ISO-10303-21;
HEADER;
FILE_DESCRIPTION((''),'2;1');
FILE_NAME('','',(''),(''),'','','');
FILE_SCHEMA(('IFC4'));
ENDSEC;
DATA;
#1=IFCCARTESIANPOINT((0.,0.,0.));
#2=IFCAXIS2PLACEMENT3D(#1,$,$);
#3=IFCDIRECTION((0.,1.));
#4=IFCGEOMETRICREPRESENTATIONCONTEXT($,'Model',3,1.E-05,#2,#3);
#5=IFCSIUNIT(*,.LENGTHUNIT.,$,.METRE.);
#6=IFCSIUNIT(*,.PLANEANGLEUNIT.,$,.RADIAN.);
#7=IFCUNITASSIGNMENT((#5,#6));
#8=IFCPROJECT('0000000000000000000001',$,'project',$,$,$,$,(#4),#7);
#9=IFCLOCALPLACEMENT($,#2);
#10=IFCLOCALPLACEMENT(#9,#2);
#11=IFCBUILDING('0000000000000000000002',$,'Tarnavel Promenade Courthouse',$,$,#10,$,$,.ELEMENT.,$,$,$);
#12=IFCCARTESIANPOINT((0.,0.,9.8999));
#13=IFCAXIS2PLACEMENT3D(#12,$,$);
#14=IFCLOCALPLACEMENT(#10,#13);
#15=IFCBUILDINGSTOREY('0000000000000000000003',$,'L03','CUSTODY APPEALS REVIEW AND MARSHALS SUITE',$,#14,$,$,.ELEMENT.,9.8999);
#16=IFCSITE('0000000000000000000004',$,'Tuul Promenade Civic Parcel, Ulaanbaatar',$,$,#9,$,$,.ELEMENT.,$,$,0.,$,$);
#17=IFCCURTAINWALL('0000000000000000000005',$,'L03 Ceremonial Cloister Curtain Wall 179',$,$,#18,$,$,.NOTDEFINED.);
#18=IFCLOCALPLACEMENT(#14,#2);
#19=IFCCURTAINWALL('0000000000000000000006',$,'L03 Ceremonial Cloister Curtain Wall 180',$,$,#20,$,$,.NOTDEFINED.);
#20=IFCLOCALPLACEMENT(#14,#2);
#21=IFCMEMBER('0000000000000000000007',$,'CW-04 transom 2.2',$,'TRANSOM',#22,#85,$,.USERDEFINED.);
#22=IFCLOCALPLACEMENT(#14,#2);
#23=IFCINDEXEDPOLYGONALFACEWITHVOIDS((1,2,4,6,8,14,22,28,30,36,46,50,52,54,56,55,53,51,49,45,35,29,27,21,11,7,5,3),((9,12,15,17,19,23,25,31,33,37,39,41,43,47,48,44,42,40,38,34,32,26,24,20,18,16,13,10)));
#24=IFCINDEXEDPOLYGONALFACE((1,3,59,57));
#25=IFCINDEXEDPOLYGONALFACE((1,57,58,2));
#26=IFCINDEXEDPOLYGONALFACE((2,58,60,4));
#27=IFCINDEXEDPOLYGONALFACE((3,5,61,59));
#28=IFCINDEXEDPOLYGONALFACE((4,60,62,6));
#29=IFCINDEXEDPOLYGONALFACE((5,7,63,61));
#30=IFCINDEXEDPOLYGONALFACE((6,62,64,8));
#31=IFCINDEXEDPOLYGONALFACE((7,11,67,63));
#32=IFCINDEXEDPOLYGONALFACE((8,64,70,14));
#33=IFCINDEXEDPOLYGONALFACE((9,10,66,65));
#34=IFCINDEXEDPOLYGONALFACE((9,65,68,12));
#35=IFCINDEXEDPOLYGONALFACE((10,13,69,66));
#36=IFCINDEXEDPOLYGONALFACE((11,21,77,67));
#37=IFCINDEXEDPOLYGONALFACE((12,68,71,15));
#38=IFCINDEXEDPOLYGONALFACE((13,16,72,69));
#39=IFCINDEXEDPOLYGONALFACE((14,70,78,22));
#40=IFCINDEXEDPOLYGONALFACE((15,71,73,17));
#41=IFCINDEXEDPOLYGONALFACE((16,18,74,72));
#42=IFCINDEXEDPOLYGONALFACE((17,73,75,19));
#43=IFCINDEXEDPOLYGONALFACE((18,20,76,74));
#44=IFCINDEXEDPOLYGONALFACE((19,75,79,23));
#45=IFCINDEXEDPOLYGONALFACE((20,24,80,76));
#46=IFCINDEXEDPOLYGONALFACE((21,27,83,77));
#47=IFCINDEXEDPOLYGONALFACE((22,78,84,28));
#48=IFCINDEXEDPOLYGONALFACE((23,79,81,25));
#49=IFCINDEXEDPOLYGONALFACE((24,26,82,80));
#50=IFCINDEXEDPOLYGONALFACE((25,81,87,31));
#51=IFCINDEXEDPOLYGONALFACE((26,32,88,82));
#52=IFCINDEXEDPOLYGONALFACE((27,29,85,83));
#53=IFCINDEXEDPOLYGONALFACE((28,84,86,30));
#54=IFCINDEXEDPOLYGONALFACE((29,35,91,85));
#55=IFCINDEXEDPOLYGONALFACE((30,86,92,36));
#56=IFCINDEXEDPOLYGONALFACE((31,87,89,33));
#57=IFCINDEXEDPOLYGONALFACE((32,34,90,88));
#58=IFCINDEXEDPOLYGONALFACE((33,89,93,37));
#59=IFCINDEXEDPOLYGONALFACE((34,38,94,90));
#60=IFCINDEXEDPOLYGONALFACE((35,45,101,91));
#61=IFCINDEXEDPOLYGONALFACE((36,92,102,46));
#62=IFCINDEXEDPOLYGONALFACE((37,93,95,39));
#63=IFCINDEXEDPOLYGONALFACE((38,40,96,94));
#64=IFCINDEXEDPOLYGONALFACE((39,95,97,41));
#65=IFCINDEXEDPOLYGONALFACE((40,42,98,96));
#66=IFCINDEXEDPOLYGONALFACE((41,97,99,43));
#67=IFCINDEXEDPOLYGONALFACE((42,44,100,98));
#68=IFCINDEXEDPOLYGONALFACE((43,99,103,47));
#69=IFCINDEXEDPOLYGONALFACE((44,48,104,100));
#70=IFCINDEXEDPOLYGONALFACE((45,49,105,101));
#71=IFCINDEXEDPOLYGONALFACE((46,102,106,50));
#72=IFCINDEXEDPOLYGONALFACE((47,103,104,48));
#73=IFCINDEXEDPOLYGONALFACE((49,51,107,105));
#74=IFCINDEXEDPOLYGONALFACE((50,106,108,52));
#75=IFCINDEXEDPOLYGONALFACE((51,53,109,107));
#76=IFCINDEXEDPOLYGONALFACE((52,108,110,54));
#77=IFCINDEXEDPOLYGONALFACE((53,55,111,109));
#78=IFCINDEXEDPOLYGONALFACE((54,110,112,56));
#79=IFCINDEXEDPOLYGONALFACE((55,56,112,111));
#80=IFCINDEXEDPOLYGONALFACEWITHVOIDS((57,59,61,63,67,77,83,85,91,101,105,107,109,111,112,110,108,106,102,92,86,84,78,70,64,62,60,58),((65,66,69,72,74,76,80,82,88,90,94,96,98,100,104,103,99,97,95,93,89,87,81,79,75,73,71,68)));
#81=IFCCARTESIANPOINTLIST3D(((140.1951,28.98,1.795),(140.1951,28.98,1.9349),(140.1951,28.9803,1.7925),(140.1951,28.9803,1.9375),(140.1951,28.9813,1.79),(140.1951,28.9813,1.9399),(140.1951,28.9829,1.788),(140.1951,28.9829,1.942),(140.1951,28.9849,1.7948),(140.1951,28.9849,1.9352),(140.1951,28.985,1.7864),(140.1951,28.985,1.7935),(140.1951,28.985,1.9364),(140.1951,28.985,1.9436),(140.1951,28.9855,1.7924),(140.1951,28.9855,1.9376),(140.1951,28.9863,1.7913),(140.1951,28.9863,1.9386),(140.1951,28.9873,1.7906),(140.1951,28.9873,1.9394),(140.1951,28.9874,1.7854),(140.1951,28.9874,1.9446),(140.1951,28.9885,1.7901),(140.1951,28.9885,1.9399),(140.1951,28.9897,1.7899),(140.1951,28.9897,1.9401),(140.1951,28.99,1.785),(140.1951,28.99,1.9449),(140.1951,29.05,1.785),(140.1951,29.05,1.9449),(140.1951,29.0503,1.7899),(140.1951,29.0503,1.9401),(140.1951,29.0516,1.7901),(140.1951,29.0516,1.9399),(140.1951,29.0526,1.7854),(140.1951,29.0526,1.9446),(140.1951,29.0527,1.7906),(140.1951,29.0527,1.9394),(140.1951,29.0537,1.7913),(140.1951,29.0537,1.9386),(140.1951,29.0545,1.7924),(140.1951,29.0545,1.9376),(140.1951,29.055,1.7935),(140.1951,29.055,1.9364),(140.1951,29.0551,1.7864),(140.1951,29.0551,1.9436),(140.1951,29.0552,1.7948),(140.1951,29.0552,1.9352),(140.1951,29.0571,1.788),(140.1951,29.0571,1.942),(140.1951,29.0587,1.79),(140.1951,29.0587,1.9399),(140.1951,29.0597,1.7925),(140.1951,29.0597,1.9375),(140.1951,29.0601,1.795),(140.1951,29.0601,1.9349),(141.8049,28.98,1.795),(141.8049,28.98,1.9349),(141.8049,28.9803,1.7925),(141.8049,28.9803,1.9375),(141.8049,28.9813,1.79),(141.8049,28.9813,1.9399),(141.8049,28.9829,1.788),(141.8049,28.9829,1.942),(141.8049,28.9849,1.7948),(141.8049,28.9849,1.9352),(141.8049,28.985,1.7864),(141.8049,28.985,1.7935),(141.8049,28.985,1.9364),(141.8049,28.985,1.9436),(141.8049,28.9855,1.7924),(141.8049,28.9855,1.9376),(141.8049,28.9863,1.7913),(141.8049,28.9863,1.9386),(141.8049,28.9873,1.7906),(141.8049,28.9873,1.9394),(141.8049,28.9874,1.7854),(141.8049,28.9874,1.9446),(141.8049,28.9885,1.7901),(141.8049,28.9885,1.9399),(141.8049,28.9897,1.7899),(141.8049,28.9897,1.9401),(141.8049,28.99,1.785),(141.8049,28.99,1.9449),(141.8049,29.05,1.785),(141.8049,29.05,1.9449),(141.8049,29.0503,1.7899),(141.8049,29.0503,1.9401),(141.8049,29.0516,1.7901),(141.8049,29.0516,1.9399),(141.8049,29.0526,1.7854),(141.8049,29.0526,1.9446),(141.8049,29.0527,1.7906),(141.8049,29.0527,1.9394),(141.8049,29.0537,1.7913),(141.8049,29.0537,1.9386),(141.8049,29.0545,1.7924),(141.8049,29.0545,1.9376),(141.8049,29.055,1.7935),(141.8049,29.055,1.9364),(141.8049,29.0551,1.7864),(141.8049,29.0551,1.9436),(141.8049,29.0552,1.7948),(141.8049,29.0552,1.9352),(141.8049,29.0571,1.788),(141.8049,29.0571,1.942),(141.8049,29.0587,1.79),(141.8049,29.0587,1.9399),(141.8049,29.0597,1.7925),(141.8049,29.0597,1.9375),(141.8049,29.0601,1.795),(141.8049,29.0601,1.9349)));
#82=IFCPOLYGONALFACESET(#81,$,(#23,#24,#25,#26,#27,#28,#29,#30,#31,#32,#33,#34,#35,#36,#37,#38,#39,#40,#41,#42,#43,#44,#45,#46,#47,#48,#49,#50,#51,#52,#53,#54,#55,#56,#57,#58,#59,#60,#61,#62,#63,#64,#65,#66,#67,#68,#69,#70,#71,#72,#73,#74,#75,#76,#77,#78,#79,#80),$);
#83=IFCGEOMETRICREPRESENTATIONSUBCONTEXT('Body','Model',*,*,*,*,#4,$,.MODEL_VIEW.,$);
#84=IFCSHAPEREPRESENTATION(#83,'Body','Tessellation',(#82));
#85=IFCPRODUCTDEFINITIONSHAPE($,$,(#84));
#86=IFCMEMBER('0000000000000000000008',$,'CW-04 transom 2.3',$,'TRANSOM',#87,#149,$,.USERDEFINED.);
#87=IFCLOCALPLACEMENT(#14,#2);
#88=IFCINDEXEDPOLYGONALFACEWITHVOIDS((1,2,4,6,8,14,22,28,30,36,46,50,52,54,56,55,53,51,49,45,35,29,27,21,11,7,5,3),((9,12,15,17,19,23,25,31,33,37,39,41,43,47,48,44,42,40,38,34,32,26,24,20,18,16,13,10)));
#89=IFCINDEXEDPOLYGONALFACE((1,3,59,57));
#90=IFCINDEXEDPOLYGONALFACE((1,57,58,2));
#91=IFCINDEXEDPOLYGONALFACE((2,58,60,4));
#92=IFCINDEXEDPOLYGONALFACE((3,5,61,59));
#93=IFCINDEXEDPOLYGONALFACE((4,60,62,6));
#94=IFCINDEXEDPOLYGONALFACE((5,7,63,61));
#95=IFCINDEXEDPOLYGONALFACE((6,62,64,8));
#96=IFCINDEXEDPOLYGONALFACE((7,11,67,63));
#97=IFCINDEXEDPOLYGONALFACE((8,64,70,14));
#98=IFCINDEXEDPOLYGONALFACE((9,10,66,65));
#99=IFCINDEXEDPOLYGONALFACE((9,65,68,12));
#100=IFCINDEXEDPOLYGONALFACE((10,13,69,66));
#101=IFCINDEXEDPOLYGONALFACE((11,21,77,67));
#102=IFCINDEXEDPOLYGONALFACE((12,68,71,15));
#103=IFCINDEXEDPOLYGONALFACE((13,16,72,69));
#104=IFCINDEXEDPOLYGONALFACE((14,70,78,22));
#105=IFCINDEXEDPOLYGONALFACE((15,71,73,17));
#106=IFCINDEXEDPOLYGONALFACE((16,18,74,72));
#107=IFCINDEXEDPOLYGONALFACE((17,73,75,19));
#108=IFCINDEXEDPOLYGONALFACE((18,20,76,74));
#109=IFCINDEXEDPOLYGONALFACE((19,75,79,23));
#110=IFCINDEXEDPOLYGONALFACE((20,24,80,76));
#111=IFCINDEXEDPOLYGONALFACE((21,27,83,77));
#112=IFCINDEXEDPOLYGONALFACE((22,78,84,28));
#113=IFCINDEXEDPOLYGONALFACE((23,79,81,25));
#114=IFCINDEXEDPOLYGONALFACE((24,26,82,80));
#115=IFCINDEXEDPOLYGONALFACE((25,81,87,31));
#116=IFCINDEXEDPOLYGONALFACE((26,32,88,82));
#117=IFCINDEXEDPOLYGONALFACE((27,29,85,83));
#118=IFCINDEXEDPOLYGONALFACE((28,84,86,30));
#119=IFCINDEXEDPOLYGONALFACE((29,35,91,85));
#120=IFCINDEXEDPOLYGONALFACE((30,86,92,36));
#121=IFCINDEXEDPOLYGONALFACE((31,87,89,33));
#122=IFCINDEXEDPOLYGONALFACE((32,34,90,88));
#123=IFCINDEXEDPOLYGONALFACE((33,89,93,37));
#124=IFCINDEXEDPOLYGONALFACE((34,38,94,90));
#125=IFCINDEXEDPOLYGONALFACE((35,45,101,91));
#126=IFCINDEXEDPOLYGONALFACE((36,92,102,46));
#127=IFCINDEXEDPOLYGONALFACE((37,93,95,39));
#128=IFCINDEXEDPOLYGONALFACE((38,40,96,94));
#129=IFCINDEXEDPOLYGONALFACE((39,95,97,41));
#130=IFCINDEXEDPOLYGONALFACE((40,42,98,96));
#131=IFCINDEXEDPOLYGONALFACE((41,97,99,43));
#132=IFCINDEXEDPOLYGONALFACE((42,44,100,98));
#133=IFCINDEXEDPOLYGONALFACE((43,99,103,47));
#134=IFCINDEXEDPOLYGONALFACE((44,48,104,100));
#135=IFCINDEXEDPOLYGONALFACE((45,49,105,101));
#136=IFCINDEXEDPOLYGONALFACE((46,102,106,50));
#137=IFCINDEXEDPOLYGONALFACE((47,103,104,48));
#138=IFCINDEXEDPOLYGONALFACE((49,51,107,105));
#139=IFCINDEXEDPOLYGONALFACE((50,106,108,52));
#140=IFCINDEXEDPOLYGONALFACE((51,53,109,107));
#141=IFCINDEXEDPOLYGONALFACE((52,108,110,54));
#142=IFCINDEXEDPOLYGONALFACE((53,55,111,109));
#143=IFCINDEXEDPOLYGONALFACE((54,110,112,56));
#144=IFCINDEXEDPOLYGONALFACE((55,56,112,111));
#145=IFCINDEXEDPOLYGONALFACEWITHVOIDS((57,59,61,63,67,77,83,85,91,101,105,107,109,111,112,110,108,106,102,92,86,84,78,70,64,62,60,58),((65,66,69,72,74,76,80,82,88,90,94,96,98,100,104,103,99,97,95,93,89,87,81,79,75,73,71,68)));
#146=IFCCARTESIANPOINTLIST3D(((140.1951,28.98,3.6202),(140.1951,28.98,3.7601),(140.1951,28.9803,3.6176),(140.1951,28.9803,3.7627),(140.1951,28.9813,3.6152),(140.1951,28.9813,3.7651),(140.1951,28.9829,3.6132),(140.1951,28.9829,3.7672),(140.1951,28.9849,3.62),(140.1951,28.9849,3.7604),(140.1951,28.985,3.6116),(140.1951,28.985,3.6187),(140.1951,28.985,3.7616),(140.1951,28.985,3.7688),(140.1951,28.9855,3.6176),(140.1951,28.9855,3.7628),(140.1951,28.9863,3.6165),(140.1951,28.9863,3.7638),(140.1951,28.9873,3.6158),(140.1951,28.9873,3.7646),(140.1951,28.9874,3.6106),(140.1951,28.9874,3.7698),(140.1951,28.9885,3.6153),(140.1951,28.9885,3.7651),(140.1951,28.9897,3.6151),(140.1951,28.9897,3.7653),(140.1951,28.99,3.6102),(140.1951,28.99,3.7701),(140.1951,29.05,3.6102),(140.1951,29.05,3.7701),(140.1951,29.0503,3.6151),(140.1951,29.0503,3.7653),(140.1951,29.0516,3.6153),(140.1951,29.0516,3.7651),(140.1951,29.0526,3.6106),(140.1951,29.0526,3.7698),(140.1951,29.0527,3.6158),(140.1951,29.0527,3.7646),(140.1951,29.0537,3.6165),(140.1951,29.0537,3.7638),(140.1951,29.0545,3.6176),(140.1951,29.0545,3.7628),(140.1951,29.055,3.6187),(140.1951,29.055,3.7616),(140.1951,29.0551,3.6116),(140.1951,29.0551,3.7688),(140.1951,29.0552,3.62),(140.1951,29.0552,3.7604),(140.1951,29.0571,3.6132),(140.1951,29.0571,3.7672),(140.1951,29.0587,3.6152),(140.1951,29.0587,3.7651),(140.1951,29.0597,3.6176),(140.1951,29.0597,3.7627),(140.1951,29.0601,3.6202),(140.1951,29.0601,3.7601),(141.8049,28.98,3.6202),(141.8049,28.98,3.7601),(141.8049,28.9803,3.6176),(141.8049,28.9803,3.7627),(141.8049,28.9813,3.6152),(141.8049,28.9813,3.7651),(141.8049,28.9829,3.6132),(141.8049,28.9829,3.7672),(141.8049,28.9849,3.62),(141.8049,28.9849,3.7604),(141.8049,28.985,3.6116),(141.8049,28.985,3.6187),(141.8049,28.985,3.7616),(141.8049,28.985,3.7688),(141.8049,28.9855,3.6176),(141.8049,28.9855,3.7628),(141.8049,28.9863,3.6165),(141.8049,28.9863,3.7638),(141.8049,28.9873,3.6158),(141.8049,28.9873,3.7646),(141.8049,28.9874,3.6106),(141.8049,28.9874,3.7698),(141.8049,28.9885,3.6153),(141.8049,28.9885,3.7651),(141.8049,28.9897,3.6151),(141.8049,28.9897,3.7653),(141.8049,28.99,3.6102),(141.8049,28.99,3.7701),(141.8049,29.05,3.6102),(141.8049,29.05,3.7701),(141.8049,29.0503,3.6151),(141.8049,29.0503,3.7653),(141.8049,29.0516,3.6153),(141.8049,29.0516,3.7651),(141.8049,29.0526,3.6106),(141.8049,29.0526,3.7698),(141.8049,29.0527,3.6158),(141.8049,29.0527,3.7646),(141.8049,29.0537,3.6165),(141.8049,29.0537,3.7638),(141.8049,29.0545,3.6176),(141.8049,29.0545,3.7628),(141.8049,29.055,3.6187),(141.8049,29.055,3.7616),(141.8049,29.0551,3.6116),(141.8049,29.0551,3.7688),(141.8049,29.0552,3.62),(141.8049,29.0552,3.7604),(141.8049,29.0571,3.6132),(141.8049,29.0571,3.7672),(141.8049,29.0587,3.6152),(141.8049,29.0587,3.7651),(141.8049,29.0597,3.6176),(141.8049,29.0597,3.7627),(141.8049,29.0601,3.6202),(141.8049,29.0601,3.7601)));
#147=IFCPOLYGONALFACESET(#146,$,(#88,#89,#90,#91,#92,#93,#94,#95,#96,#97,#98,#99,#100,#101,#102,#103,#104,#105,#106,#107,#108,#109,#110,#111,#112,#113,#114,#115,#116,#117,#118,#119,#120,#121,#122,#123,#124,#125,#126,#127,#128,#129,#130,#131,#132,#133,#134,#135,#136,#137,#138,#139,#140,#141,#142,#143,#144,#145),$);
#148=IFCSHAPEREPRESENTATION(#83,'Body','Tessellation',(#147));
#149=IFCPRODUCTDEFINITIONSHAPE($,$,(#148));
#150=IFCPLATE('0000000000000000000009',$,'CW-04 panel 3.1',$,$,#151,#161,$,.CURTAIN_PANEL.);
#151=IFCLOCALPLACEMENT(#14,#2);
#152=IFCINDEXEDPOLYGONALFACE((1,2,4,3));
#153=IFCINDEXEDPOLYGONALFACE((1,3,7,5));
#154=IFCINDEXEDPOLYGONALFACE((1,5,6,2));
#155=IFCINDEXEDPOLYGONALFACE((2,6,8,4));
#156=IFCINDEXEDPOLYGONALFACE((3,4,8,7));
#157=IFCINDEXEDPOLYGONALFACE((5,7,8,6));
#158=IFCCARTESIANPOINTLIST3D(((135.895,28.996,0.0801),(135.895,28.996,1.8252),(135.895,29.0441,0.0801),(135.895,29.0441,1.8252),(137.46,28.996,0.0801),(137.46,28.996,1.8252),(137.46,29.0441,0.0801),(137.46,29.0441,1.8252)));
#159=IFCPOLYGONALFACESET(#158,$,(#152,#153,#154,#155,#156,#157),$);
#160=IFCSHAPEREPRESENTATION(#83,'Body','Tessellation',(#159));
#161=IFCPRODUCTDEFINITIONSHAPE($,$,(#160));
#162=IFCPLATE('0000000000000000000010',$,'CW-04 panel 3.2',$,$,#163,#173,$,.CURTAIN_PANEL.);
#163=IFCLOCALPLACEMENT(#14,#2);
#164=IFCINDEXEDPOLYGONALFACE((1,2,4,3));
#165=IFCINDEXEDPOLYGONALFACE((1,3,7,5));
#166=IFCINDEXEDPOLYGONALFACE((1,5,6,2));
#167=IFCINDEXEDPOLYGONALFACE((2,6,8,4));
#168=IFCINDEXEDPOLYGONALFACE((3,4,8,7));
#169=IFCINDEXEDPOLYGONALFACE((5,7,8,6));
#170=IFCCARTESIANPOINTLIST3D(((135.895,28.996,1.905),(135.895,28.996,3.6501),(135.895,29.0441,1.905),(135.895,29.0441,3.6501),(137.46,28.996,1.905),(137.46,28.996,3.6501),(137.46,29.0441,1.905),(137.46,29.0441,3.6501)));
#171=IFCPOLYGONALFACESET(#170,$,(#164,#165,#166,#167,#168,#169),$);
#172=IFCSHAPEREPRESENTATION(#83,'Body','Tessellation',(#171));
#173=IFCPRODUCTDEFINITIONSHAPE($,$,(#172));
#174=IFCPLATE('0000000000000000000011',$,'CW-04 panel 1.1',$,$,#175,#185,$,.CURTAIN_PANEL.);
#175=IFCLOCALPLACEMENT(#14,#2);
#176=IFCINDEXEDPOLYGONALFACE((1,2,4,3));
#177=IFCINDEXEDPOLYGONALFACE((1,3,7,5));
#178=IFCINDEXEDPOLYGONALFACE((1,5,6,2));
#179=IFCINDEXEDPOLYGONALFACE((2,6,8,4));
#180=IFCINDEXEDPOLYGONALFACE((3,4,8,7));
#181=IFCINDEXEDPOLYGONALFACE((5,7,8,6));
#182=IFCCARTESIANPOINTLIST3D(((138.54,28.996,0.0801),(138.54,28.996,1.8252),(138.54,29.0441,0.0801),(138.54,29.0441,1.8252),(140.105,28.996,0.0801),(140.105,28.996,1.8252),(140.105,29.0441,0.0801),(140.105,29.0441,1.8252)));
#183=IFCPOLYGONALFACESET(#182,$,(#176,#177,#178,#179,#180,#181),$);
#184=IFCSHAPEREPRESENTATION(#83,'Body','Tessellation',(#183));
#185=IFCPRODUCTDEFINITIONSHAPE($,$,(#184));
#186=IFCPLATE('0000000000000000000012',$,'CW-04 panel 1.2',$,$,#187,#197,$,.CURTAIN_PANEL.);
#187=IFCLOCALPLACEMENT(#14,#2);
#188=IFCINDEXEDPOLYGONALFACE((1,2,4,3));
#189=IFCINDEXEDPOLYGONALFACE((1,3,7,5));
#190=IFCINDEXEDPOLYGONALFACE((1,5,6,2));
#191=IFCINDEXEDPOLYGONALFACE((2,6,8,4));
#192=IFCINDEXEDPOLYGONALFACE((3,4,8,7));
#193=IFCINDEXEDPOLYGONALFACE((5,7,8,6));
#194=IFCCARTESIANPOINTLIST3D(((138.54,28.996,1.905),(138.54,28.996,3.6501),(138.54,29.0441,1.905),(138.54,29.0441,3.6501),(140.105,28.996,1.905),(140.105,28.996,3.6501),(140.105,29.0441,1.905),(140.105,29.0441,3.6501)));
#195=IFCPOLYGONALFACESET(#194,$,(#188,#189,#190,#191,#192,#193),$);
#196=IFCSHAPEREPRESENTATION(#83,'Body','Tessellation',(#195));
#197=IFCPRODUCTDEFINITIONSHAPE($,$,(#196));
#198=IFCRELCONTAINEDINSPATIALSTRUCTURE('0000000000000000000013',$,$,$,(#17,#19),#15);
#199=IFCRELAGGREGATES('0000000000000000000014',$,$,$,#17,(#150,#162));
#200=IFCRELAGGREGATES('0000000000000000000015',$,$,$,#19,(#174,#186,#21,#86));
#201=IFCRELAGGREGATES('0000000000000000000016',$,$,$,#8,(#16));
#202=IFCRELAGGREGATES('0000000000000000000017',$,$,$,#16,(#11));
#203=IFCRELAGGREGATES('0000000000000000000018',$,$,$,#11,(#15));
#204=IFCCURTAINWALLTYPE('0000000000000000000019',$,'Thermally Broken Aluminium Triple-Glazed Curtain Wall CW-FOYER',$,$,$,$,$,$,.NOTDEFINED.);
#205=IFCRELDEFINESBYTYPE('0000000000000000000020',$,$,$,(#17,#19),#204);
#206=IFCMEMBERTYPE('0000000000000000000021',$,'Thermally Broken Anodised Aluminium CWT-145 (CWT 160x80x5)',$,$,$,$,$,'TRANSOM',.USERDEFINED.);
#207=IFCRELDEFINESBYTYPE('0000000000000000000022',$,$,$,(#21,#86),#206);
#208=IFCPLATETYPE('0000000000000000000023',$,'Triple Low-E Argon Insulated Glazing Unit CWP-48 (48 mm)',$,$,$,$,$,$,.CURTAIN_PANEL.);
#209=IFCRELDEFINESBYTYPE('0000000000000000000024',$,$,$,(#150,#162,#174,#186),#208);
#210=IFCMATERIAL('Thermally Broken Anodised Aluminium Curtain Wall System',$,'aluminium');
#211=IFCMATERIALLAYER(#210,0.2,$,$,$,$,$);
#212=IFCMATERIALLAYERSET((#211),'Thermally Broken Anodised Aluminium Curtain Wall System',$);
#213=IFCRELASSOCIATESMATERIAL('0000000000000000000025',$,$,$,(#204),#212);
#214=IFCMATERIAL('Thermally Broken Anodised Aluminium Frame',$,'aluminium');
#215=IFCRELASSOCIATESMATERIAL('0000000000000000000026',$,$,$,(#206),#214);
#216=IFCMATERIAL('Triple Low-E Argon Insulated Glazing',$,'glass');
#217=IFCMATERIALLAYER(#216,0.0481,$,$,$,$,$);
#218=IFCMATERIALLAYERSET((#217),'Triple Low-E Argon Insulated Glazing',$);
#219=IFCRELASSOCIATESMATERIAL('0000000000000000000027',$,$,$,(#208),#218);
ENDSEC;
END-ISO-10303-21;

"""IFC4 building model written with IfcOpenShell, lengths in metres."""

from ifc_helpers import new_model, si_unit, direction, frame, origin, origin_2d, place, context, subcontext, project, spatial, rectangle, hollow_rectangle, extrude, material, layer, layer_set, material_profile, profile_set, type_object, element, aggregate, save


model = new_model("IFC4")

# Units and contexts
model_context = context("Model", 3, precision=1e-05, world=origin(), true_north=direction((0.0, 1.0)))
body_context = subcontext(model_context, "Body", "Model", "MODEL_VIEW")
ifc_project = project(units=[si_unit("LENGTHUNIT", "METRE"), si_unit("PLANEANGLEUNIT", "RADIAN")], contexts=[model_context])

# Site, building, storey
site_placement = place(None, origin())
site = spatial("IfcSite", under=ifc_project, at=site_placement, Name="Tuul Promenade Civic Parcel, Ulaanbaatar", CompositionType="ELEMENT", RefElevation=0.0)
building_placement = place(site_placement, origin())
building = spatial("IfcBuilding", under=site, at=building_placement, Name="Tarnavel Promenade Courthouse", CompositionType="ELEMENT")
storey_placement = place(building_placement, frame((0.0, 0.0, 9.8999)))
storey = spatial("IfcBuildingStorey", under=building, at=storey_placement, Name="L03", Description="CUSTODY APPEALS REVIEW AND MARSHALS SUITE", CompositionType="ELEMENT", Elevation=9.8999)

# Curtain wall
ifc_material_1 = material(Name="Thermally Broken Anodised Aluminium Curtain Wall System", Category="aluminium")
ifc_layer_1 = layer(ifc_material_1, 0.2)
ifc_layer_set_1 = layer_set([ifc_layer_1], Name="Thermally Broken Anodised Aluminium Curtain Wall System")
curtain_wall_type = type_object("IfcCurtainWallType", Name="Thermally Broken Aluminium Triple-Glazed Curtain Wall CW-FOYER", PredefinedType="NOTDEFINED", material=ifc_layer_set_1)
curtain_wall_1_placement = place(storey_placement, origin())
curtain_wall_1 = element("IfcCurtainWall", 1, at=curtain_wall_1_placement, inside=storey, type_object=curtain_wall_type, Name="L03 Ceremonial Cloister Curtain Wall 179", PredefinedType="NOTDEFINED")
ifc_material_2 = material(Name="Thermally Broken Anodised Aluminium Frame", Category="aluminium")

# Curtain wall
curtain_wall_2_placement = place(storey_placement, origin())
curtain_wall_2 = element("IfcCurtainWall", 2, at=curtain_wall_2_placement, inside=storey, type_object=curtain_wall_type, Name="L03 Ceremonial Cloister Curtain Wall 180", PredefinedType="NOTDEFINED")

# Members
ifc_material_profile_1 = material_profile(ifc_material_2, hollow_rectangle(XDim=0.0801, YDim=0.1599, WallThickness=0.0049, InnerFilletRadius=0.0049, OuterFilletRadius=0.01, at=origin_2d()), Name="CWT 160x80x5")
ifc_profile_set_1 = profile_set([ifc_material_profile_1], Name="Thermally Broken Anodised Aluminium Frame")
member_type_1 = type_object("IfcMemberType", Name="Thermally Broken Anodised Aluminium CWT-145 (CWT 160x80x5)", ElementType="TRANSOM", PredefinedType="USERDEFINED", material=ifc_profile_set_1)
member_1_placement = place(storey_placement, frame((140.1951, 29.02, 1.865), z_axis=(1.0, 0.0, 0.0), x_axis=(0.0, 1.0, 0.0)))
member_1 = element("IfcMember", 3, at=member_1_placement, type_object=member_type_1, Name="CW-04 transom 2.2", ObjectType="TRANSOM", PredefinedType="USERDEFINED", context=body_context, shape_type="SweptSolid", body=[
    extrude(hollow_rectangle(XDim=0.0801, YDim=0.1599, WallThickness=0.0049, InnerFilletRadius=0.0049, OuterFilletRadius=0.01, at=origin_2d()), origin(), (0.0, 0.0, 1.0), 1.6099),
])
member_2_placement = place(storey_placement, frame((140.1951, 29.02, 3.6902), z_axis=(1.0, 0.0, 0.0), x_axis=(0.0, 1.0, 0.0)))
member_2 = element("IfcMember", 4, at=member_2_placement, type_object=member_type_1, Name="CW-04 transom 2.3", ObjectType="TRANSOM", PredefinedType="USERDEFINED", context=body_context, shape_type="SweptSolid", body=[
    extrude(hollow_rectangle(XDim=0.0801, YDim=0.1599, WallThickness=0.0049, InnerFilletRadius=0.0049, OuterFilletRadius=0.01, at=origin_2d()), origin(), (0.0, 0.0, 1.0), 1.6099),
])

# Plates
ifc_material_3 = material(Name="Triple Low-E Argon Insulated Glazing", Category="glass")
ifc_layer_2 = layer(ifc_material_3, 0.0481)
ifc_layer_set_2 = layer_set([ifc_layer_2], Name="Triple Low-E Argon Insulated Glazing")
plate_type = type_object("IfcPlateType", Name="Triple Low-E Argon Insulated Glazing Unit CWP-48 (48 mm)", PredefinedType="CURTAIN_PANEL", material=ifc_layer_set_2)
plate_1_placement = place(storey_placement, frame((136.6775, 29.02, 0.0801), z_axis=(0.0, 0.0, 1.0), x_axis=(1.0, 0.0, 0.0)))
plate_1 = element("IfcPlate", 5, at=plate_1_placement, type_object=plate_type, Name="CW-04 panel 3.1", PredefinedType="CURTAIN_PANEL", context=body_context, shape_type="SweptSolid", body=[
    extrude(rectangle(XDim=1.5649, YDim=0.0481, at=origin_2d()), origin(), (0.0, 0.0, 1.0), 1.7451),
])
plate_2_placement = place(storey_placement, frame((136.6775, 29.02, 1.905), z_axis=(0.0, 0.0, 1.0), x_axis=(1.0, 0.0, 0.0)))
plate_2 = element("IfcPlate", 6, at=plate_2_placement, type_object=plate_type, Name="CW-04 panel 3.2", PredefinedType="CURTAIN_PANEL", context=body_context, shape_type="SweptSolid", body=[
    extrude(rectangle(XDim=1.5649, YDim=0.0481, at=origin_2d()), origin(), (0.0, 0.0, 1.0), 1.7451),
])
aggregate(curtain_wall_1, [plate_1, plate_2])
plate_3_placement = place(storey_placement, frame((139.3225, 29.02, 0.0801), z_axis=(0.0, 0.0, 1.0), x_axis=(1.0, 0.0, 0.0)))
plate_3 = element("IfcPlate", 7, at=plate_3_placement, type_object=plate_type, Name="CW-04 panel 1.1", PredefinedType="CURTAIN_PANEL", context=body_context, shape_type="SweptSolid", body=[
    extrude(rectangle(XDim=1.5649, YDim=0.0481, at=origin_2d()), origin(), (0.0, 0.0, 1.0), 1.7451),
])
plate_4_placement = place(storey_placement, frame((139.3225, 29.02, 1.905), z_axis=(0.0, 0.0, 1.0), x_axis=(1.0, 0.0, 0.0)))
plate_4 = element("IfcPlate", 8, at=plate_4_placement, type_object=plate_type, Name="CW-04 panel 1.2", PredefinedType="CURTAIN_PANEL", context=body_context, shape_type="SweptSolid", body=[
    extrude(rectangle(XDim=1.5649, YDim=0.0481, at=origin_2d()), origin(), (0.0, 0.0, 1.0), 1.7451),
])
aggregate(curtain_wall_2, [plate_3, plate_4, member_1, member_2])

save(model, "model.ifc")
